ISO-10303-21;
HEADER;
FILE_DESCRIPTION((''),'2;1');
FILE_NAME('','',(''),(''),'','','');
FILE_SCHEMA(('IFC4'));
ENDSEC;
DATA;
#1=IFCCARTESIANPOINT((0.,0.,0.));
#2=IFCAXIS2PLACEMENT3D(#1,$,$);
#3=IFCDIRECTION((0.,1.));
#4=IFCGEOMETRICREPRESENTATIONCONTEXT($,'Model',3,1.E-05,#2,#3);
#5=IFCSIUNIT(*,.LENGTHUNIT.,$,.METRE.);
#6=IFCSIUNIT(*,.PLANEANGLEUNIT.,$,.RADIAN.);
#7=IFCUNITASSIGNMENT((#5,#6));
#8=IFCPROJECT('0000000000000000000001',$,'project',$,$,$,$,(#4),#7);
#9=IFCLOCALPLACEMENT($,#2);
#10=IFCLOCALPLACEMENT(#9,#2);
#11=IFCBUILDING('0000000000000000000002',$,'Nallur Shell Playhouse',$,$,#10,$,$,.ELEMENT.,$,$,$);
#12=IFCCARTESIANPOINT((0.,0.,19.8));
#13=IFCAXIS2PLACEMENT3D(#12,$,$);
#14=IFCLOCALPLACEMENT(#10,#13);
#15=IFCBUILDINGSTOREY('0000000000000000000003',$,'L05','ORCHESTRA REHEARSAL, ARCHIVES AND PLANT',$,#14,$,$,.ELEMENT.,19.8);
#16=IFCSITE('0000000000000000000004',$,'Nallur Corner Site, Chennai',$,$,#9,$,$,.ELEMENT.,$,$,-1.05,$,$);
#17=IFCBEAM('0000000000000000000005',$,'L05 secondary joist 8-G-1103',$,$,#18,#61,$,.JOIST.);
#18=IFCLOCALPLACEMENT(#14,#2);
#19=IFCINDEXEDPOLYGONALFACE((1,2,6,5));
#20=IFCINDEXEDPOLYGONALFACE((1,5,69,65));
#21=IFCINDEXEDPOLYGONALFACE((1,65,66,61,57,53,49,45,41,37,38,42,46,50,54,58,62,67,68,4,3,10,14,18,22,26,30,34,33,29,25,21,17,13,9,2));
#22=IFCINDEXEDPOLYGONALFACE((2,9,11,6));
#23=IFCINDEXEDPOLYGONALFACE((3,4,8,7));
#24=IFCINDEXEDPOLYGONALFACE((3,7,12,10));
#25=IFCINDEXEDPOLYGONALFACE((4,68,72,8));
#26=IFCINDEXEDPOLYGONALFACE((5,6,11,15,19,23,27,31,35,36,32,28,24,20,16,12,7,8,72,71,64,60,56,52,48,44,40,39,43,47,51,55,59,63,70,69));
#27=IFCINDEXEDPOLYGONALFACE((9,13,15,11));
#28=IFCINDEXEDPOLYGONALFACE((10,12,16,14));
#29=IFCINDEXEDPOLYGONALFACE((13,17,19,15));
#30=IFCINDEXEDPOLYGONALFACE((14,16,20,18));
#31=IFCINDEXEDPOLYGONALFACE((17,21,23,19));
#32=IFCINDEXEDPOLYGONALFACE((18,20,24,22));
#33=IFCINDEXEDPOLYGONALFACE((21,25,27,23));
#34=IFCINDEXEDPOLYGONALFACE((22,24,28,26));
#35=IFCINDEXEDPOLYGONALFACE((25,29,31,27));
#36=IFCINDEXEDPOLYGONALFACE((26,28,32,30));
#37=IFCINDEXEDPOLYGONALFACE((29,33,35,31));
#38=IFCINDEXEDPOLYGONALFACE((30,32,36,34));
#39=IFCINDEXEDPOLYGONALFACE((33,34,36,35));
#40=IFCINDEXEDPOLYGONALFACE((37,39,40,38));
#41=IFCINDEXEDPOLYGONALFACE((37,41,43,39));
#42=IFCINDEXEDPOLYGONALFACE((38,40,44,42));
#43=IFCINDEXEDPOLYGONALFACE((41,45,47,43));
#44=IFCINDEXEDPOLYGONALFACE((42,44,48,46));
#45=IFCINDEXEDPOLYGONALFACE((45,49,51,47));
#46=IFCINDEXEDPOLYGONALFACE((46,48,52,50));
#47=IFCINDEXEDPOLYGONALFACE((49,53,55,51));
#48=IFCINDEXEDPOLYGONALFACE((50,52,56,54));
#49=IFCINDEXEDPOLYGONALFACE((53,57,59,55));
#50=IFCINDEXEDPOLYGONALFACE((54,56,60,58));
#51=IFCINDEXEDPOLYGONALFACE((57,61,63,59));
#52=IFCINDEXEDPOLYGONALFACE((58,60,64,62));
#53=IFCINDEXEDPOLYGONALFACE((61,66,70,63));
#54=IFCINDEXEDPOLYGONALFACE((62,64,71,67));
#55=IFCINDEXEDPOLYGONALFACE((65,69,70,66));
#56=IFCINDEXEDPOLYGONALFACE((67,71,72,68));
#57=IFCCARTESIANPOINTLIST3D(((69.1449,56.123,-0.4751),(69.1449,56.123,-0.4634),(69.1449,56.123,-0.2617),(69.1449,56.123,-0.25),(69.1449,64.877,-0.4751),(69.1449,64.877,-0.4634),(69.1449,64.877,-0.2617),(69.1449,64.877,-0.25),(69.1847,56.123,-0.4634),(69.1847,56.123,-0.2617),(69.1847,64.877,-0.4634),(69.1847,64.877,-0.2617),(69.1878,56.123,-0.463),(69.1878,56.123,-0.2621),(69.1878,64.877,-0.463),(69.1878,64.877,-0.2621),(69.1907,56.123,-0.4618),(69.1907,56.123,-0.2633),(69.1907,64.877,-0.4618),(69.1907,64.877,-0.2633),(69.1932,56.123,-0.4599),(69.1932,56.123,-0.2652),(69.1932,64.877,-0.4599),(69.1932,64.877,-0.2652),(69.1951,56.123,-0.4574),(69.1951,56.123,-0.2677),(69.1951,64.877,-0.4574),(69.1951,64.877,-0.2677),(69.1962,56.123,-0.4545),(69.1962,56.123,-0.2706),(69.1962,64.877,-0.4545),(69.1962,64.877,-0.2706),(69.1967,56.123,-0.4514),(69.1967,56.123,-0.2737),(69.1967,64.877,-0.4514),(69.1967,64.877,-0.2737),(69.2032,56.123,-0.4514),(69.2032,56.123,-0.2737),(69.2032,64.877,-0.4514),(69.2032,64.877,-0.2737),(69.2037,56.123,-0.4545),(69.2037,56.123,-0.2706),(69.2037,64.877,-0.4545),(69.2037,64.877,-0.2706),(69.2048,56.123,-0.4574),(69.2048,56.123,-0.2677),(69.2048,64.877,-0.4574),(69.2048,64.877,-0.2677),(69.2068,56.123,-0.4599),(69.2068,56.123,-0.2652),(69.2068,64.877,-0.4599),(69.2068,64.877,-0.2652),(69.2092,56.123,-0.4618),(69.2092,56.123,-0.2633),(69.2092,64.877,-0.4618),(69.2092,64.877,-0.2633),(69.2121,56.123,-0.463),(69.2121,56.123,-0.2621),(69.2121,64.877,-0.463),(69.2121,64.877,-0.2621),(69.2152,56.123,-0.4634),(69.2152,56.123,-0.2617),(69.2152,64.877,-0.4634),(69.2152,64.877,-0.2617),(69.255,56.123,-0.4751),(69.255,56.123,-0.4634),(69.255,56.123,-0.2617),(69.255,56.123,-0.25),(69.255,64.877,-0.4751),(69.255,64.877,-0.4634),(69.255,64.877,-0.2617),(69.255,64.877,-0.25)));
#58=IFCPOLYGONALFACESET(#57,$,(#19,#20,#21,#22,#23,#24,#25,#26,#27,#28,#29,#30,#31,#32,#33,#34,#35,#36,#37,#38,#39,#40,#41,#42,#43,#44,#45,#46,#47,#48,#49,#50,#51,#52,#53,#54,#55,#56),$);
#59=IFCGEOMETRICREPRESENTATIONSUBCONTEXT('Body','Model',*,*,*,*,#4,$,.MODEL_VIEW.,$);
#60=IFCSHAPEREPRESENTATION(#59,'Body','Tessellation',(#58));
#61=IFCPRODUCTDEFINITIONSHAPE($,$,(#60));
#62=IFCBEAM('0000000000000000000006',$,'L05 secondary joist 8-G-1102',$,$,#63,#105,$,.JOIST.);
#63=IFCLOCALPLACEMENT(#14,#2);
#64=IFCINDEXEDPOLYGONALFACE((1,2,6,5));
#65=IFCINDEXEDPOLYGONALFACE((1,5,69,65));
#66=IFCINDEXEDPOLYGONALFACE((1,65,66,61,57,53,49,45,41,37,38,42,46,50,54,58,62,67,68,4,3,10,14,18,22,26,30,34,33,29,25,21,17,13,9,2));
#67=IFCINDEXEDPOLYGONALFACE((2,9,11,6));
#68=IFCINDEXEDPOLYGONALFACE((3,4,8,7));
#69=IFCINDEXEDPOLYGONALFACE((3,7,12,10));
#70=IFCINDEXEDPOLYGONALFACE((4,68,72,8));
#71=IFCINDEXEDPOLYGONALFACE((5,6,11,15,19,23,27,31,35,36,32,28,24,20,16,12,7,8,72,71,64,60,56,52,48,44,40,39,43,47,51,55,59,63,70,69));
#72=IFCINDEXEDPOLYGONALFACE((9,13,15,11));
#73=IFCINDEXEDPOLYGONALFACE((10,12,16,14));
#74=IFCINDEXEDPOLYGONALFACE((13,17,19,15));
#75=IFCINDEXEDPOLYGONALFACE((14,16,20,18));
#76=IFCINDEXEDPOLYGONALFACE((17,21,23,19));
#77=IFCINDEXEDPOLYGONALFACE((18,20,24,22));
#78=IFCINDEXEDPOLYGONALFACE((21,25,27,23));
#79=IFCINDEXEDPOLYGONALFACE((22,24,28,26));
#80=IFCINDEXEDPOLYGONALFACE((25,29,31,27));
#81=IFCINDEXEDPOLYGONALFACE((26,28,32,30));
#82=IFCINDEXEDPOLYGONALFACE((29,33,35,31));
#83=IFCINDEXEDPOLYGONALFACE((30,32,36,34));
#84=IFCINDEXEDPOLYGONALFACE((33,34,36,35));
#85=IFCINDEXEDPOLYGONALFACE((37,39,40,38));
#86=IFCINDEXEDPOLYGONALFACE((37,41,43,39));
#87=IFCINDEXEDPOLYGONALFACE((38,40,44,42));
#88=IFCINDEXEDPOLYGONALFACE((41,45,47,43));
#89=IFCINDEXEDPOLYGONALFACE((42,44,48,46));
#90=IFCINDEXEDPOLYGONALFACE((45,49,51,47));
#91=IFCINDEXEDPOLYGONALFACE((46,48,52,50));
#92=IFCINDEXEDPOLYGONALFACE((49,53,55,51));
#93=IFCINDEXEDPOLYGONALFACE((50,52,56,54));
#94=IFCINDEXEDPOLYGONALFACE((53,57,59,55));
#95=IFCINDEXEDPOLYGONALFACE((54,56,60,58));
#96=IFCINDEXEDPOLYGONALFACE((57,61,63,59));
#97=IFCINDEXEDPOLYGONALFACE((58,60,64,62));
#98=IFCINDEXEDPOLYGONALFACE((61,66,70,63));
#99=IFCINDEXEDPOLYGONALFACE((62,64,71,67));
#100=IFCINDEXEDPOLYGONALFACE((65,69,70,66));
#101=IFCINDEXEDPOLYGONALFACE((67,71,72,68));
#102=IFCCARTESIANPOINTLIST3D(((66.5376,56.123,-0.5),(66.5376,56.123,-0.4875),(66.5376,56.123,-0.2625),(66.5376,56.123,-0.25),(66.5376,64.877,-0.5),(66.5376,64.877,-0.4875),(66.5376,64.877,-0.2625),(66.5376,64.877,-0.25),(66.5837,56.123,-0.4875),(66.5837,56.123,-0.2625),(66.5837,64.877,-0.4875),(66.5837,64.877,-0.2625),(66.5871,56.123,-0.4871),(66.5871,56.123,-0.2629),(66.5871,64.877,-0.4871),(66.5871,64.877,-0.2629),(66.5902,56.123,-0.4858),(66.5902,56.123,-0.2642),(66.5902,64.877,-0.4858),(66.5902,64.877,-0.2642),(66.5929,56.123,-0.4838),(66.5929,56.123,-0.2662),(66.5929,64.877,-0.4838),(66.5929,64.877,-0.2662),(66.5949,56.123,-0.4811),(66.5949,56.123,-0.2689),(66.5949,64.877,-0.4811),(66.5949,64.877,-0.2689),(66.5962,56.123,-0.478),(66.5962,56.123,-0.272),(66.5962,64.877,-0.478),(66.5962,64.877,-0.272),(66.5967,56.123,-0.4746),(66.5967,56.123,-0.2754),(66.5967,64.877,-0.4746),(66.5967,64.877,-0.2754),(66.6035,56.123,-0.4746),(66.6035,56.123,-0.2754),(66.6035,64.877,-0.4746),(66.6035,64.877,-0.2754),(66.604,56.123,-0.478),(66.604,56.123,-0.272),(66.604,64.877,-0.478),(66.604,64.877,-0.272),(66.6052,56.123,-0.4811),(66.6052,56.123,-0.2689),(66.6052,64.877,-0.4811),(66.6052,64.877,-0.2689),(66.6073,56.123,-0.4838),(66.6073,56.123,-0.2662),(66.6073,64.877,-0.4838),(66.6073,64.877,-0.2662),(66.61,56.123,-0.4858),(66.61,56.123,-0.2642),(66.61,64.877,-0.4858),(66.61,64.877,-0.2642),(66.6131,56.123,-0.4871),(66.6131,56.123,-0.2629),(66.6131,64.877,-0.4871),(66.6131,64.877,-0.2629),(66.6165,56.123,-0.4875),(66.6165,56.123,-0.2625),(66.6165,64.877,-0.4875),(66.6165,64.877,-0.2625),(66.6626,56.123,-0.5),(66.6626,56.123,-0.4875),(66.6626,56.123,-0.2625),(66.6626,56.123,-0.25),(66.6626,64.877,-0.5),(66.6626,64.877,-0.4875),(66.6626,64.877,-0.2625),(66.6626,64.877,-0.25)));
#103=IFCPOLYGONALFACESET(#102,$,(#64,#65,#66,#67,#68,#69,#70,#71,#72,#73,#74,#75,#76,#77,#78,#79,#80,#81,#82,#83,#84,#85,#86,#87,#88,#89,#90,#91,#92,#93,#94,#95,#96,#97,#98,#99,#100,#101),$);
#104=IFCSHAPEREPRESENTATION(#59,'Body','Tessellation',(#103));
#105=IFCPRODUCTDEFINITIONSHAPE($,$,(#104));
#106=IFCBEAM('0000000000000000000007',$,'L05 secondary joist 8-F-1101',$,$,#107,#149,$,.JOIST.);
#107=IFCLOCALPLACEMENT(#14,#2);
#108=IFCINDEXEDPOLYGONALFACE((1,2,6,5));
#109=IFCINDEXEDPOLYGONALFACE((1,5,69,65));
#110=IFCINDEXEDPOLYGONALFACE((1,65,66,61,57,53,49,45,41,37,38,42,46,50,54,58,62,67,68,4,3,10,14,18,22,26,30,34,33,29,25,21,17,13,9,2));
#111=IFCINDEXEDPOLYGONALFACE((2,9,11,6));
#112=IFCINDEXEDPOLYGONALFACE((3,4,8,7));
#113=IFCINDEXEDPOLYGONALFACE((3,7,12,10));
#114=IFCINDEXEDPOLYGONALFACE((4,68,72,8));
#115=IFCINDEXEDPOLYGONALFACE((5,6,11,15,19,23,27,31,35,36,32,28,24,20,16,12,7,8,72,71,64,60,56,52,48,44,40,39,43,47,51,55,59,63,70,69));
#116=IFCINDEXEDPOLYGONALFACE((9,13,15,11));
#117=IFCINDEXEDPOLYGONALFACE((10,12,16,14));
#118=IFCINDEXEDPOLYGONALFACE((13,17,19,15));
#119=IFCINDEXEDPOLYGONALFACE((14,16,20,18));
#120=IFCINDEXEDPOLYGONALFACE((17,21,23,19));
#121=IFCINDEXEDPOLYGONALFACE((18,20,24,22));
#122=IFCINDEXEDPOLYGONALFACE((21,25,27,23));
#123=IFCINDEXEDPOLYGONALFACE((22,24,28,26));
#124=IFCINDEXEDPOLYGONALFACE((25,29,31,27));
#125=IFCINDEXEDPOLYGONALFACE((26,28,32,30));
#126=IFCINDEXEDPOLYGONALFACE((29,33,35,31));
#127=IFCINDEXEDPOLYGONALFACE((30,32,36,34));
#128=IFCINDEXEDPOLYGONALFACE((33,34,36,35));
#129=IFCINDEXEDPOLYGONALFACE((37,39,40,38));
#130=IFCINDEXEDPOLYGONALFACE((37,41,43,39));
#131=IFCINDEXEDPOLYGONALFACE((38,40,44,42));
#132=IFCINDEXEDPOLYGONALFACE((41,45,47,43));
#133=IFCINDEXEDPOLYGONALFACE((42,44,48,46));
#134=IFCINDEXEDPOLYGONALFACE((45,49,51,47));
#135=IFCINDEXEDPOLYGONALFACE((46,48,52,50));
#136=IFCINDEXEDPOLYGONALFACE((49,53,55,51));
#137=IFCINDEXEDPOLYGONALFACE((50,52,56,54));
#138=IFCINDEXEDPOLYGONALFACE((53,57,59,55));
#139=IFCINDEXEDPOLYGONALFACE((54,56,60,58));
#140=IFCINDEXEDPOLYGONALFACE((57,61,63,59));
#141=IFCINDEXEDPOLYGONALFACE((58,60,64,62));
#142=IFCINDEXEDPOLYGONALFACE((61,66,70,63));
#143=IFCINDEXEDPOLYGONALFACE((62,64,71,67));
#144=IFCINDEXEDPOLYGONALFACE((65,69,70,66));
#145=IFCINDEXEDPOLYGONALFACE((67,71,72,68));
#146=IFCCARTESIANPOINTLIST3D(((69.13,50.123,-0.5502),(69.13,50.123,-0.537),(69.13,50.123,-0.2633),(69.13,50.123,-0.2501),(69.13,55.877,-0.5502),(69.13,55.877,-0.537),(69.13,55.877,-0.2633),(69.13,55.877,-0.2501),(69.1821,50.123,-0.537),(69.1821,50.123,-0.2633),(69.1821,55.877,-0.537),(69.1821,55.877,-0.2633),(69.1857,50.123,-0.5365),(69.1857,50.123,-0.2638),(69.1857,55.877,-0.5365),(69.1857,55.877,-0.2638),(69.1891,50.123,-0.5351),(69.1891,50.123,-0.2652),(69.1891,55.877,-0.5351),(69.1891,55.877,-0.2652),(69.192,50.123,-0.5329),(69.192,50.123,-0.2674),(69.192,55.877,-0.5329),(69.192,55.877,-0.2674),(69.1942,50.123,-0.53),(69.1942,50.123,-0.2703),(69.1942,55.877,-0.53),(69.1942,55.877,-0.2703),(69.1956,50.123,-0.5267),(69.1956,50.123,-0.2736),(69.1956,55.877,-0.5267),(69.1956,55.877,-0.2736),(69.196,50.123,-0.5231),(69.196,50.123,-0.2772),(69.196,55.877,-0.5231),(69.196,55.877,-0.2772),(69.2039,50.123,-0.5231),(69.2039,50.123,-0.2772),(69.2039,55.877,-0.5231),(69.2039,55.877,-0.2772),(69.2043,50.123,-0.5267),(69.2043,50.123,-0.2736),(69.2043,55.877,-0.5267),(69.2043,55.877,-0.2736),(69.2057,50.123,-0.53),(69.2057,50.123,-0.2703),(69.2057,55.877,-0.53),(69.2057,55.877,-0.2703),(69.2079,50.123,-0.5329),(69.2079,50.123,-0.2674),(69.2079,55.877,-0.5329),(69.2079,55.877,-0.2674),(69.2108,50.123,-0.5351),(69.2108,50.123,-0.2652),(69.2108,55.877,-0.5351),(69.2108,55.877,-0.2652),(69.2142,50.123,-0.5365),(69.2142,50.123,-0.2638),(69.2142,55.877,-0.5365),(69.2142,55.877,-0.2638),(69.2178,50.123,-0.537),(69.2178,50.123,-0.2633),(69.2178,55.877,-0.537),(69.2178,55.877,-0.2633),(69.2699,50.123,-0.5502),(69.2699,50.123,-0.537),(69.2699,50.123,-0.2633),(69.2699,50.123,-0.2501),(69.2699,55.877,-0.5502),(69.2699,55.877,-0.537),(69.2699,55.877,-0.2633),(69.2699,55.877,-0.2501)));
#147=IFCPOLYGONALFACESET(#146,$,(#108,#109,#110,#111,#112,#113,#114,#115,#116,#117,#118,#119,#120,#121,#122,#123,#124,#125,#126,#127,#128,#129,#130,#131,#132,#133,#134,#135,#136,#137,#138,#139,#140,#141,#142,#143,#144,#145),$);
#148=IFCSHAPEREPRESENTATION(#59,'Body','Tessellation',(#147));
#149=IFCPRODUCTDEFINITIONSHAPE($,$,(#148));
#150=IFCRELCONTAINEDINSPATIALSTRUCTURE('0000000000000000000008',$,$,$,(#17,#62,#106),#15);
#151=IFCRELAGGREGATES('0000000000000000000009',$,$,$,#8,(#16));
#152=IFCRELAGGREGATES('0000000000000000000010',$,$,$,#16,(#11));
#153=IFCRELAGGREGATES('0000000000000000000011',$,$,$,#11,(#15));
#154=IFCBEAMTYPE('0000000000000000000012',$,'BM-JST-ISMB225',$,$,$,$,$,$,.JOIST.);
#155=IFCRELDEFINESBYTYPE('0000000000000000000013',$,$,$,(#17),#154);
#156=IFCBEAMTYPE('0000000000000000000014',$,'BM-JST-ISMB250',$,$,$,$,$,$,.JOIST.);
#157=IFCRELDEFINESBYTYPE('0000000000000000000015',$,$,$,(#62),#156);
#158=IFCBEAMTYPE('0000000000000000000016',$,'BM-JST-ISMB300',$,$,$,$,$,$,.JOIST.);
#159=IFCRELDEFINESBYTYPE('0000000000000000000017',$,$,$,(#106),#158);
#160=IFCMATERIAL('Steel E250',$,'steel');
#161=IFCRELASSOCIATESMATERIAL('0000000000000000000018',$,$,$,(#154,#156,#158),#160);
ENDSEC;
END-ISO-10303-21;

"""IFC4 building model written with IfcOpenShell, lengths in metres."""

from ifc_helpers import new_model, si_unit, direction, frame, origin, origin_2d, place, context, subcontext, project, spatial, i_section, extrude, material, material_profile, profile_set, type_object, element, save


model = new_model("IFC4")

# Units and contexts
model_context = context("Model", 3, precision=1e-05, world=origin(), true_north=direction((0.0, 1.0)))
body_context = subcontext(model_context, "Body", "Model", "MODEL_VIEW")
ifc_project = project(units=[si_unit("LENGTHUNIT", "METRE"), si_unit("PLANEANGLEUNIT", "RADIAN")], contexts=[model_context])

# Site, building, storey
site_placement = place(None, origin())
site = spatial("IfcSite", under=ifc_project, at=site_placement, Name="Nallur Corner Site, Chennai", CompositionType="ELEMENT", RefElevation=-1.05)
building_placement = place(site_placement, origin())
building = spatial("IfcBuilding", under=site, at=building_placement, Name="Nallur Shell Playhouse", CompositionType="ELEMENT")
storey_placement = place(building_placement, frame((0.0, 0.0, 19.8)))
storey = spatial("IfcBuildingStorey", under=building, at=storey_placement, Name="L05", Description="ORCHESTRA REHEARSAL, ARCHIVES AND PLANT", CompositionType="ELEMENT", Elevation=19.8)

# Beams
ifc_material_1 = material(Name="Steel E250", Category="steel")
ifc_material_profile_1 = material_profile(ifc_material_1, i_section(OverallWidth=0.1101, OverallDepth=0.2251, WebThickness=0.0066, FlangeThickness=0.0117, FilletRadius=0.012, at=origin_2d()), Name="ISMB 225")
ifc_profile_set_1 = profile_set([ifc_material_profile_1], Name="Steel E250")
beam_type_1 = type_object("IfcBeamType", Name="BM-JST-ISMB225", PredefinedType="JOIST", material=ifc_profile_set_1)
beam_1_placement = place(storey_placement, frame((69.2, 56.123, -0.3625), z_axis=(0.0, 1.0, 0.0), x_axis=(-1.0, 0.0, 0.0)))
element("IfcBeam", 1, at=beam_1_placement, inside=storey, type_object=beam_type_1, Name="L05 secondary joist 8-G-1103", PredefinedType="JOIST", context=body_context, shape_type="SweptSolid", body=[
    extrude(i_section(OverallWidth=0.1101, OverallDepth=0.2251, WebThickness=0.0066, FlangeThickness=0.0117, FilletRadius=0.012, at=origin_2d()), origin(), (0.0, 0.0, 1.0), 8.7539),
])
ifc_material_profile_2 = material_profile(ifc_material_1, i_section(OverallWidth=0.125, OverallDepth=0.25, WebThickness=0.0068, FlangeThickness=0.0125, FilletRadius=0.0129, at=origin_2d()), Name="ISMB 250")
ifc_profile_set_2 = profile_set([ifc_material_profile_2], Name="Steel E250")
beam_type_2 = type_object("IfcBeamType", Name="BM-JST-ISMB250", PredefinedType="JOIST", material=ifc_profile_set_2)
beam_2_placement = place(storey_placement, frame((66.6001, 56.123, -0.375), z_axis=(0.0, 1.0, 0.0), x_axis=(-1.0, 0.0, 0.0)))
element("IfcBeam", 2, at=beam_2_placement, inside=storey, type_object=beam_type_2, Name="L05 secondary joist 8-G-1102", PredefinedType="JOIST", context=body_context, shape_type="SweptSolid", body=[
    extrude(i_section(OverallWidth=0.125, OverallDepth=0.25, WebThickness=0.0068, FlangeThickness=0.0125, FilletRadius=0.0129, at=origin_2d()), origin(), (0.0, 0.0, 1.0), 8.7539),
])
ifc_material_profile_3 = material_profile(ifc_material_1, i_section(OverallWidth=0.1399, OverallDepth=0.3, WebThickness=0.0078, FlangeThickness=0.0132, FilletRadius=0.0139, at=origin_2d()), Name="ISMB 300")
ifc_profile_set_3 = profile_set([ifc_material_profile_3], Name="Steel E250")
beam_type_3 = type_object("IfcBeamType", Name="BM-JST-ISMB300", PredefinedType="JOIST", material=ifc_profile_set_3)
beam_3_placement = place(storey_placement, frame((69.2, 50.123, -0.4001), z_axis=(0.0, 1.0, 0.0), x_axis=(-1.0, 0.0, 0.0)))
element("IfcBeam", 3, at=beam_3_placement, inside=storey, type_object=beam_type_3, Name="L05 secondary joist 8-F-1101", PredefinedType="JOIST", context=body_context, shape_type="SweptSolid", body=[
    extrude(i_section(OverallWidth=0.1399, OverallDepth=0.3, WebThickness=0.0078, FlangeThickness=0.0132, FilletRadius=0.0139, at=origin_2d()), origin(), (0.0, 0.0, 1.0), 5.7539),
])

save(model, "model.ifc")
